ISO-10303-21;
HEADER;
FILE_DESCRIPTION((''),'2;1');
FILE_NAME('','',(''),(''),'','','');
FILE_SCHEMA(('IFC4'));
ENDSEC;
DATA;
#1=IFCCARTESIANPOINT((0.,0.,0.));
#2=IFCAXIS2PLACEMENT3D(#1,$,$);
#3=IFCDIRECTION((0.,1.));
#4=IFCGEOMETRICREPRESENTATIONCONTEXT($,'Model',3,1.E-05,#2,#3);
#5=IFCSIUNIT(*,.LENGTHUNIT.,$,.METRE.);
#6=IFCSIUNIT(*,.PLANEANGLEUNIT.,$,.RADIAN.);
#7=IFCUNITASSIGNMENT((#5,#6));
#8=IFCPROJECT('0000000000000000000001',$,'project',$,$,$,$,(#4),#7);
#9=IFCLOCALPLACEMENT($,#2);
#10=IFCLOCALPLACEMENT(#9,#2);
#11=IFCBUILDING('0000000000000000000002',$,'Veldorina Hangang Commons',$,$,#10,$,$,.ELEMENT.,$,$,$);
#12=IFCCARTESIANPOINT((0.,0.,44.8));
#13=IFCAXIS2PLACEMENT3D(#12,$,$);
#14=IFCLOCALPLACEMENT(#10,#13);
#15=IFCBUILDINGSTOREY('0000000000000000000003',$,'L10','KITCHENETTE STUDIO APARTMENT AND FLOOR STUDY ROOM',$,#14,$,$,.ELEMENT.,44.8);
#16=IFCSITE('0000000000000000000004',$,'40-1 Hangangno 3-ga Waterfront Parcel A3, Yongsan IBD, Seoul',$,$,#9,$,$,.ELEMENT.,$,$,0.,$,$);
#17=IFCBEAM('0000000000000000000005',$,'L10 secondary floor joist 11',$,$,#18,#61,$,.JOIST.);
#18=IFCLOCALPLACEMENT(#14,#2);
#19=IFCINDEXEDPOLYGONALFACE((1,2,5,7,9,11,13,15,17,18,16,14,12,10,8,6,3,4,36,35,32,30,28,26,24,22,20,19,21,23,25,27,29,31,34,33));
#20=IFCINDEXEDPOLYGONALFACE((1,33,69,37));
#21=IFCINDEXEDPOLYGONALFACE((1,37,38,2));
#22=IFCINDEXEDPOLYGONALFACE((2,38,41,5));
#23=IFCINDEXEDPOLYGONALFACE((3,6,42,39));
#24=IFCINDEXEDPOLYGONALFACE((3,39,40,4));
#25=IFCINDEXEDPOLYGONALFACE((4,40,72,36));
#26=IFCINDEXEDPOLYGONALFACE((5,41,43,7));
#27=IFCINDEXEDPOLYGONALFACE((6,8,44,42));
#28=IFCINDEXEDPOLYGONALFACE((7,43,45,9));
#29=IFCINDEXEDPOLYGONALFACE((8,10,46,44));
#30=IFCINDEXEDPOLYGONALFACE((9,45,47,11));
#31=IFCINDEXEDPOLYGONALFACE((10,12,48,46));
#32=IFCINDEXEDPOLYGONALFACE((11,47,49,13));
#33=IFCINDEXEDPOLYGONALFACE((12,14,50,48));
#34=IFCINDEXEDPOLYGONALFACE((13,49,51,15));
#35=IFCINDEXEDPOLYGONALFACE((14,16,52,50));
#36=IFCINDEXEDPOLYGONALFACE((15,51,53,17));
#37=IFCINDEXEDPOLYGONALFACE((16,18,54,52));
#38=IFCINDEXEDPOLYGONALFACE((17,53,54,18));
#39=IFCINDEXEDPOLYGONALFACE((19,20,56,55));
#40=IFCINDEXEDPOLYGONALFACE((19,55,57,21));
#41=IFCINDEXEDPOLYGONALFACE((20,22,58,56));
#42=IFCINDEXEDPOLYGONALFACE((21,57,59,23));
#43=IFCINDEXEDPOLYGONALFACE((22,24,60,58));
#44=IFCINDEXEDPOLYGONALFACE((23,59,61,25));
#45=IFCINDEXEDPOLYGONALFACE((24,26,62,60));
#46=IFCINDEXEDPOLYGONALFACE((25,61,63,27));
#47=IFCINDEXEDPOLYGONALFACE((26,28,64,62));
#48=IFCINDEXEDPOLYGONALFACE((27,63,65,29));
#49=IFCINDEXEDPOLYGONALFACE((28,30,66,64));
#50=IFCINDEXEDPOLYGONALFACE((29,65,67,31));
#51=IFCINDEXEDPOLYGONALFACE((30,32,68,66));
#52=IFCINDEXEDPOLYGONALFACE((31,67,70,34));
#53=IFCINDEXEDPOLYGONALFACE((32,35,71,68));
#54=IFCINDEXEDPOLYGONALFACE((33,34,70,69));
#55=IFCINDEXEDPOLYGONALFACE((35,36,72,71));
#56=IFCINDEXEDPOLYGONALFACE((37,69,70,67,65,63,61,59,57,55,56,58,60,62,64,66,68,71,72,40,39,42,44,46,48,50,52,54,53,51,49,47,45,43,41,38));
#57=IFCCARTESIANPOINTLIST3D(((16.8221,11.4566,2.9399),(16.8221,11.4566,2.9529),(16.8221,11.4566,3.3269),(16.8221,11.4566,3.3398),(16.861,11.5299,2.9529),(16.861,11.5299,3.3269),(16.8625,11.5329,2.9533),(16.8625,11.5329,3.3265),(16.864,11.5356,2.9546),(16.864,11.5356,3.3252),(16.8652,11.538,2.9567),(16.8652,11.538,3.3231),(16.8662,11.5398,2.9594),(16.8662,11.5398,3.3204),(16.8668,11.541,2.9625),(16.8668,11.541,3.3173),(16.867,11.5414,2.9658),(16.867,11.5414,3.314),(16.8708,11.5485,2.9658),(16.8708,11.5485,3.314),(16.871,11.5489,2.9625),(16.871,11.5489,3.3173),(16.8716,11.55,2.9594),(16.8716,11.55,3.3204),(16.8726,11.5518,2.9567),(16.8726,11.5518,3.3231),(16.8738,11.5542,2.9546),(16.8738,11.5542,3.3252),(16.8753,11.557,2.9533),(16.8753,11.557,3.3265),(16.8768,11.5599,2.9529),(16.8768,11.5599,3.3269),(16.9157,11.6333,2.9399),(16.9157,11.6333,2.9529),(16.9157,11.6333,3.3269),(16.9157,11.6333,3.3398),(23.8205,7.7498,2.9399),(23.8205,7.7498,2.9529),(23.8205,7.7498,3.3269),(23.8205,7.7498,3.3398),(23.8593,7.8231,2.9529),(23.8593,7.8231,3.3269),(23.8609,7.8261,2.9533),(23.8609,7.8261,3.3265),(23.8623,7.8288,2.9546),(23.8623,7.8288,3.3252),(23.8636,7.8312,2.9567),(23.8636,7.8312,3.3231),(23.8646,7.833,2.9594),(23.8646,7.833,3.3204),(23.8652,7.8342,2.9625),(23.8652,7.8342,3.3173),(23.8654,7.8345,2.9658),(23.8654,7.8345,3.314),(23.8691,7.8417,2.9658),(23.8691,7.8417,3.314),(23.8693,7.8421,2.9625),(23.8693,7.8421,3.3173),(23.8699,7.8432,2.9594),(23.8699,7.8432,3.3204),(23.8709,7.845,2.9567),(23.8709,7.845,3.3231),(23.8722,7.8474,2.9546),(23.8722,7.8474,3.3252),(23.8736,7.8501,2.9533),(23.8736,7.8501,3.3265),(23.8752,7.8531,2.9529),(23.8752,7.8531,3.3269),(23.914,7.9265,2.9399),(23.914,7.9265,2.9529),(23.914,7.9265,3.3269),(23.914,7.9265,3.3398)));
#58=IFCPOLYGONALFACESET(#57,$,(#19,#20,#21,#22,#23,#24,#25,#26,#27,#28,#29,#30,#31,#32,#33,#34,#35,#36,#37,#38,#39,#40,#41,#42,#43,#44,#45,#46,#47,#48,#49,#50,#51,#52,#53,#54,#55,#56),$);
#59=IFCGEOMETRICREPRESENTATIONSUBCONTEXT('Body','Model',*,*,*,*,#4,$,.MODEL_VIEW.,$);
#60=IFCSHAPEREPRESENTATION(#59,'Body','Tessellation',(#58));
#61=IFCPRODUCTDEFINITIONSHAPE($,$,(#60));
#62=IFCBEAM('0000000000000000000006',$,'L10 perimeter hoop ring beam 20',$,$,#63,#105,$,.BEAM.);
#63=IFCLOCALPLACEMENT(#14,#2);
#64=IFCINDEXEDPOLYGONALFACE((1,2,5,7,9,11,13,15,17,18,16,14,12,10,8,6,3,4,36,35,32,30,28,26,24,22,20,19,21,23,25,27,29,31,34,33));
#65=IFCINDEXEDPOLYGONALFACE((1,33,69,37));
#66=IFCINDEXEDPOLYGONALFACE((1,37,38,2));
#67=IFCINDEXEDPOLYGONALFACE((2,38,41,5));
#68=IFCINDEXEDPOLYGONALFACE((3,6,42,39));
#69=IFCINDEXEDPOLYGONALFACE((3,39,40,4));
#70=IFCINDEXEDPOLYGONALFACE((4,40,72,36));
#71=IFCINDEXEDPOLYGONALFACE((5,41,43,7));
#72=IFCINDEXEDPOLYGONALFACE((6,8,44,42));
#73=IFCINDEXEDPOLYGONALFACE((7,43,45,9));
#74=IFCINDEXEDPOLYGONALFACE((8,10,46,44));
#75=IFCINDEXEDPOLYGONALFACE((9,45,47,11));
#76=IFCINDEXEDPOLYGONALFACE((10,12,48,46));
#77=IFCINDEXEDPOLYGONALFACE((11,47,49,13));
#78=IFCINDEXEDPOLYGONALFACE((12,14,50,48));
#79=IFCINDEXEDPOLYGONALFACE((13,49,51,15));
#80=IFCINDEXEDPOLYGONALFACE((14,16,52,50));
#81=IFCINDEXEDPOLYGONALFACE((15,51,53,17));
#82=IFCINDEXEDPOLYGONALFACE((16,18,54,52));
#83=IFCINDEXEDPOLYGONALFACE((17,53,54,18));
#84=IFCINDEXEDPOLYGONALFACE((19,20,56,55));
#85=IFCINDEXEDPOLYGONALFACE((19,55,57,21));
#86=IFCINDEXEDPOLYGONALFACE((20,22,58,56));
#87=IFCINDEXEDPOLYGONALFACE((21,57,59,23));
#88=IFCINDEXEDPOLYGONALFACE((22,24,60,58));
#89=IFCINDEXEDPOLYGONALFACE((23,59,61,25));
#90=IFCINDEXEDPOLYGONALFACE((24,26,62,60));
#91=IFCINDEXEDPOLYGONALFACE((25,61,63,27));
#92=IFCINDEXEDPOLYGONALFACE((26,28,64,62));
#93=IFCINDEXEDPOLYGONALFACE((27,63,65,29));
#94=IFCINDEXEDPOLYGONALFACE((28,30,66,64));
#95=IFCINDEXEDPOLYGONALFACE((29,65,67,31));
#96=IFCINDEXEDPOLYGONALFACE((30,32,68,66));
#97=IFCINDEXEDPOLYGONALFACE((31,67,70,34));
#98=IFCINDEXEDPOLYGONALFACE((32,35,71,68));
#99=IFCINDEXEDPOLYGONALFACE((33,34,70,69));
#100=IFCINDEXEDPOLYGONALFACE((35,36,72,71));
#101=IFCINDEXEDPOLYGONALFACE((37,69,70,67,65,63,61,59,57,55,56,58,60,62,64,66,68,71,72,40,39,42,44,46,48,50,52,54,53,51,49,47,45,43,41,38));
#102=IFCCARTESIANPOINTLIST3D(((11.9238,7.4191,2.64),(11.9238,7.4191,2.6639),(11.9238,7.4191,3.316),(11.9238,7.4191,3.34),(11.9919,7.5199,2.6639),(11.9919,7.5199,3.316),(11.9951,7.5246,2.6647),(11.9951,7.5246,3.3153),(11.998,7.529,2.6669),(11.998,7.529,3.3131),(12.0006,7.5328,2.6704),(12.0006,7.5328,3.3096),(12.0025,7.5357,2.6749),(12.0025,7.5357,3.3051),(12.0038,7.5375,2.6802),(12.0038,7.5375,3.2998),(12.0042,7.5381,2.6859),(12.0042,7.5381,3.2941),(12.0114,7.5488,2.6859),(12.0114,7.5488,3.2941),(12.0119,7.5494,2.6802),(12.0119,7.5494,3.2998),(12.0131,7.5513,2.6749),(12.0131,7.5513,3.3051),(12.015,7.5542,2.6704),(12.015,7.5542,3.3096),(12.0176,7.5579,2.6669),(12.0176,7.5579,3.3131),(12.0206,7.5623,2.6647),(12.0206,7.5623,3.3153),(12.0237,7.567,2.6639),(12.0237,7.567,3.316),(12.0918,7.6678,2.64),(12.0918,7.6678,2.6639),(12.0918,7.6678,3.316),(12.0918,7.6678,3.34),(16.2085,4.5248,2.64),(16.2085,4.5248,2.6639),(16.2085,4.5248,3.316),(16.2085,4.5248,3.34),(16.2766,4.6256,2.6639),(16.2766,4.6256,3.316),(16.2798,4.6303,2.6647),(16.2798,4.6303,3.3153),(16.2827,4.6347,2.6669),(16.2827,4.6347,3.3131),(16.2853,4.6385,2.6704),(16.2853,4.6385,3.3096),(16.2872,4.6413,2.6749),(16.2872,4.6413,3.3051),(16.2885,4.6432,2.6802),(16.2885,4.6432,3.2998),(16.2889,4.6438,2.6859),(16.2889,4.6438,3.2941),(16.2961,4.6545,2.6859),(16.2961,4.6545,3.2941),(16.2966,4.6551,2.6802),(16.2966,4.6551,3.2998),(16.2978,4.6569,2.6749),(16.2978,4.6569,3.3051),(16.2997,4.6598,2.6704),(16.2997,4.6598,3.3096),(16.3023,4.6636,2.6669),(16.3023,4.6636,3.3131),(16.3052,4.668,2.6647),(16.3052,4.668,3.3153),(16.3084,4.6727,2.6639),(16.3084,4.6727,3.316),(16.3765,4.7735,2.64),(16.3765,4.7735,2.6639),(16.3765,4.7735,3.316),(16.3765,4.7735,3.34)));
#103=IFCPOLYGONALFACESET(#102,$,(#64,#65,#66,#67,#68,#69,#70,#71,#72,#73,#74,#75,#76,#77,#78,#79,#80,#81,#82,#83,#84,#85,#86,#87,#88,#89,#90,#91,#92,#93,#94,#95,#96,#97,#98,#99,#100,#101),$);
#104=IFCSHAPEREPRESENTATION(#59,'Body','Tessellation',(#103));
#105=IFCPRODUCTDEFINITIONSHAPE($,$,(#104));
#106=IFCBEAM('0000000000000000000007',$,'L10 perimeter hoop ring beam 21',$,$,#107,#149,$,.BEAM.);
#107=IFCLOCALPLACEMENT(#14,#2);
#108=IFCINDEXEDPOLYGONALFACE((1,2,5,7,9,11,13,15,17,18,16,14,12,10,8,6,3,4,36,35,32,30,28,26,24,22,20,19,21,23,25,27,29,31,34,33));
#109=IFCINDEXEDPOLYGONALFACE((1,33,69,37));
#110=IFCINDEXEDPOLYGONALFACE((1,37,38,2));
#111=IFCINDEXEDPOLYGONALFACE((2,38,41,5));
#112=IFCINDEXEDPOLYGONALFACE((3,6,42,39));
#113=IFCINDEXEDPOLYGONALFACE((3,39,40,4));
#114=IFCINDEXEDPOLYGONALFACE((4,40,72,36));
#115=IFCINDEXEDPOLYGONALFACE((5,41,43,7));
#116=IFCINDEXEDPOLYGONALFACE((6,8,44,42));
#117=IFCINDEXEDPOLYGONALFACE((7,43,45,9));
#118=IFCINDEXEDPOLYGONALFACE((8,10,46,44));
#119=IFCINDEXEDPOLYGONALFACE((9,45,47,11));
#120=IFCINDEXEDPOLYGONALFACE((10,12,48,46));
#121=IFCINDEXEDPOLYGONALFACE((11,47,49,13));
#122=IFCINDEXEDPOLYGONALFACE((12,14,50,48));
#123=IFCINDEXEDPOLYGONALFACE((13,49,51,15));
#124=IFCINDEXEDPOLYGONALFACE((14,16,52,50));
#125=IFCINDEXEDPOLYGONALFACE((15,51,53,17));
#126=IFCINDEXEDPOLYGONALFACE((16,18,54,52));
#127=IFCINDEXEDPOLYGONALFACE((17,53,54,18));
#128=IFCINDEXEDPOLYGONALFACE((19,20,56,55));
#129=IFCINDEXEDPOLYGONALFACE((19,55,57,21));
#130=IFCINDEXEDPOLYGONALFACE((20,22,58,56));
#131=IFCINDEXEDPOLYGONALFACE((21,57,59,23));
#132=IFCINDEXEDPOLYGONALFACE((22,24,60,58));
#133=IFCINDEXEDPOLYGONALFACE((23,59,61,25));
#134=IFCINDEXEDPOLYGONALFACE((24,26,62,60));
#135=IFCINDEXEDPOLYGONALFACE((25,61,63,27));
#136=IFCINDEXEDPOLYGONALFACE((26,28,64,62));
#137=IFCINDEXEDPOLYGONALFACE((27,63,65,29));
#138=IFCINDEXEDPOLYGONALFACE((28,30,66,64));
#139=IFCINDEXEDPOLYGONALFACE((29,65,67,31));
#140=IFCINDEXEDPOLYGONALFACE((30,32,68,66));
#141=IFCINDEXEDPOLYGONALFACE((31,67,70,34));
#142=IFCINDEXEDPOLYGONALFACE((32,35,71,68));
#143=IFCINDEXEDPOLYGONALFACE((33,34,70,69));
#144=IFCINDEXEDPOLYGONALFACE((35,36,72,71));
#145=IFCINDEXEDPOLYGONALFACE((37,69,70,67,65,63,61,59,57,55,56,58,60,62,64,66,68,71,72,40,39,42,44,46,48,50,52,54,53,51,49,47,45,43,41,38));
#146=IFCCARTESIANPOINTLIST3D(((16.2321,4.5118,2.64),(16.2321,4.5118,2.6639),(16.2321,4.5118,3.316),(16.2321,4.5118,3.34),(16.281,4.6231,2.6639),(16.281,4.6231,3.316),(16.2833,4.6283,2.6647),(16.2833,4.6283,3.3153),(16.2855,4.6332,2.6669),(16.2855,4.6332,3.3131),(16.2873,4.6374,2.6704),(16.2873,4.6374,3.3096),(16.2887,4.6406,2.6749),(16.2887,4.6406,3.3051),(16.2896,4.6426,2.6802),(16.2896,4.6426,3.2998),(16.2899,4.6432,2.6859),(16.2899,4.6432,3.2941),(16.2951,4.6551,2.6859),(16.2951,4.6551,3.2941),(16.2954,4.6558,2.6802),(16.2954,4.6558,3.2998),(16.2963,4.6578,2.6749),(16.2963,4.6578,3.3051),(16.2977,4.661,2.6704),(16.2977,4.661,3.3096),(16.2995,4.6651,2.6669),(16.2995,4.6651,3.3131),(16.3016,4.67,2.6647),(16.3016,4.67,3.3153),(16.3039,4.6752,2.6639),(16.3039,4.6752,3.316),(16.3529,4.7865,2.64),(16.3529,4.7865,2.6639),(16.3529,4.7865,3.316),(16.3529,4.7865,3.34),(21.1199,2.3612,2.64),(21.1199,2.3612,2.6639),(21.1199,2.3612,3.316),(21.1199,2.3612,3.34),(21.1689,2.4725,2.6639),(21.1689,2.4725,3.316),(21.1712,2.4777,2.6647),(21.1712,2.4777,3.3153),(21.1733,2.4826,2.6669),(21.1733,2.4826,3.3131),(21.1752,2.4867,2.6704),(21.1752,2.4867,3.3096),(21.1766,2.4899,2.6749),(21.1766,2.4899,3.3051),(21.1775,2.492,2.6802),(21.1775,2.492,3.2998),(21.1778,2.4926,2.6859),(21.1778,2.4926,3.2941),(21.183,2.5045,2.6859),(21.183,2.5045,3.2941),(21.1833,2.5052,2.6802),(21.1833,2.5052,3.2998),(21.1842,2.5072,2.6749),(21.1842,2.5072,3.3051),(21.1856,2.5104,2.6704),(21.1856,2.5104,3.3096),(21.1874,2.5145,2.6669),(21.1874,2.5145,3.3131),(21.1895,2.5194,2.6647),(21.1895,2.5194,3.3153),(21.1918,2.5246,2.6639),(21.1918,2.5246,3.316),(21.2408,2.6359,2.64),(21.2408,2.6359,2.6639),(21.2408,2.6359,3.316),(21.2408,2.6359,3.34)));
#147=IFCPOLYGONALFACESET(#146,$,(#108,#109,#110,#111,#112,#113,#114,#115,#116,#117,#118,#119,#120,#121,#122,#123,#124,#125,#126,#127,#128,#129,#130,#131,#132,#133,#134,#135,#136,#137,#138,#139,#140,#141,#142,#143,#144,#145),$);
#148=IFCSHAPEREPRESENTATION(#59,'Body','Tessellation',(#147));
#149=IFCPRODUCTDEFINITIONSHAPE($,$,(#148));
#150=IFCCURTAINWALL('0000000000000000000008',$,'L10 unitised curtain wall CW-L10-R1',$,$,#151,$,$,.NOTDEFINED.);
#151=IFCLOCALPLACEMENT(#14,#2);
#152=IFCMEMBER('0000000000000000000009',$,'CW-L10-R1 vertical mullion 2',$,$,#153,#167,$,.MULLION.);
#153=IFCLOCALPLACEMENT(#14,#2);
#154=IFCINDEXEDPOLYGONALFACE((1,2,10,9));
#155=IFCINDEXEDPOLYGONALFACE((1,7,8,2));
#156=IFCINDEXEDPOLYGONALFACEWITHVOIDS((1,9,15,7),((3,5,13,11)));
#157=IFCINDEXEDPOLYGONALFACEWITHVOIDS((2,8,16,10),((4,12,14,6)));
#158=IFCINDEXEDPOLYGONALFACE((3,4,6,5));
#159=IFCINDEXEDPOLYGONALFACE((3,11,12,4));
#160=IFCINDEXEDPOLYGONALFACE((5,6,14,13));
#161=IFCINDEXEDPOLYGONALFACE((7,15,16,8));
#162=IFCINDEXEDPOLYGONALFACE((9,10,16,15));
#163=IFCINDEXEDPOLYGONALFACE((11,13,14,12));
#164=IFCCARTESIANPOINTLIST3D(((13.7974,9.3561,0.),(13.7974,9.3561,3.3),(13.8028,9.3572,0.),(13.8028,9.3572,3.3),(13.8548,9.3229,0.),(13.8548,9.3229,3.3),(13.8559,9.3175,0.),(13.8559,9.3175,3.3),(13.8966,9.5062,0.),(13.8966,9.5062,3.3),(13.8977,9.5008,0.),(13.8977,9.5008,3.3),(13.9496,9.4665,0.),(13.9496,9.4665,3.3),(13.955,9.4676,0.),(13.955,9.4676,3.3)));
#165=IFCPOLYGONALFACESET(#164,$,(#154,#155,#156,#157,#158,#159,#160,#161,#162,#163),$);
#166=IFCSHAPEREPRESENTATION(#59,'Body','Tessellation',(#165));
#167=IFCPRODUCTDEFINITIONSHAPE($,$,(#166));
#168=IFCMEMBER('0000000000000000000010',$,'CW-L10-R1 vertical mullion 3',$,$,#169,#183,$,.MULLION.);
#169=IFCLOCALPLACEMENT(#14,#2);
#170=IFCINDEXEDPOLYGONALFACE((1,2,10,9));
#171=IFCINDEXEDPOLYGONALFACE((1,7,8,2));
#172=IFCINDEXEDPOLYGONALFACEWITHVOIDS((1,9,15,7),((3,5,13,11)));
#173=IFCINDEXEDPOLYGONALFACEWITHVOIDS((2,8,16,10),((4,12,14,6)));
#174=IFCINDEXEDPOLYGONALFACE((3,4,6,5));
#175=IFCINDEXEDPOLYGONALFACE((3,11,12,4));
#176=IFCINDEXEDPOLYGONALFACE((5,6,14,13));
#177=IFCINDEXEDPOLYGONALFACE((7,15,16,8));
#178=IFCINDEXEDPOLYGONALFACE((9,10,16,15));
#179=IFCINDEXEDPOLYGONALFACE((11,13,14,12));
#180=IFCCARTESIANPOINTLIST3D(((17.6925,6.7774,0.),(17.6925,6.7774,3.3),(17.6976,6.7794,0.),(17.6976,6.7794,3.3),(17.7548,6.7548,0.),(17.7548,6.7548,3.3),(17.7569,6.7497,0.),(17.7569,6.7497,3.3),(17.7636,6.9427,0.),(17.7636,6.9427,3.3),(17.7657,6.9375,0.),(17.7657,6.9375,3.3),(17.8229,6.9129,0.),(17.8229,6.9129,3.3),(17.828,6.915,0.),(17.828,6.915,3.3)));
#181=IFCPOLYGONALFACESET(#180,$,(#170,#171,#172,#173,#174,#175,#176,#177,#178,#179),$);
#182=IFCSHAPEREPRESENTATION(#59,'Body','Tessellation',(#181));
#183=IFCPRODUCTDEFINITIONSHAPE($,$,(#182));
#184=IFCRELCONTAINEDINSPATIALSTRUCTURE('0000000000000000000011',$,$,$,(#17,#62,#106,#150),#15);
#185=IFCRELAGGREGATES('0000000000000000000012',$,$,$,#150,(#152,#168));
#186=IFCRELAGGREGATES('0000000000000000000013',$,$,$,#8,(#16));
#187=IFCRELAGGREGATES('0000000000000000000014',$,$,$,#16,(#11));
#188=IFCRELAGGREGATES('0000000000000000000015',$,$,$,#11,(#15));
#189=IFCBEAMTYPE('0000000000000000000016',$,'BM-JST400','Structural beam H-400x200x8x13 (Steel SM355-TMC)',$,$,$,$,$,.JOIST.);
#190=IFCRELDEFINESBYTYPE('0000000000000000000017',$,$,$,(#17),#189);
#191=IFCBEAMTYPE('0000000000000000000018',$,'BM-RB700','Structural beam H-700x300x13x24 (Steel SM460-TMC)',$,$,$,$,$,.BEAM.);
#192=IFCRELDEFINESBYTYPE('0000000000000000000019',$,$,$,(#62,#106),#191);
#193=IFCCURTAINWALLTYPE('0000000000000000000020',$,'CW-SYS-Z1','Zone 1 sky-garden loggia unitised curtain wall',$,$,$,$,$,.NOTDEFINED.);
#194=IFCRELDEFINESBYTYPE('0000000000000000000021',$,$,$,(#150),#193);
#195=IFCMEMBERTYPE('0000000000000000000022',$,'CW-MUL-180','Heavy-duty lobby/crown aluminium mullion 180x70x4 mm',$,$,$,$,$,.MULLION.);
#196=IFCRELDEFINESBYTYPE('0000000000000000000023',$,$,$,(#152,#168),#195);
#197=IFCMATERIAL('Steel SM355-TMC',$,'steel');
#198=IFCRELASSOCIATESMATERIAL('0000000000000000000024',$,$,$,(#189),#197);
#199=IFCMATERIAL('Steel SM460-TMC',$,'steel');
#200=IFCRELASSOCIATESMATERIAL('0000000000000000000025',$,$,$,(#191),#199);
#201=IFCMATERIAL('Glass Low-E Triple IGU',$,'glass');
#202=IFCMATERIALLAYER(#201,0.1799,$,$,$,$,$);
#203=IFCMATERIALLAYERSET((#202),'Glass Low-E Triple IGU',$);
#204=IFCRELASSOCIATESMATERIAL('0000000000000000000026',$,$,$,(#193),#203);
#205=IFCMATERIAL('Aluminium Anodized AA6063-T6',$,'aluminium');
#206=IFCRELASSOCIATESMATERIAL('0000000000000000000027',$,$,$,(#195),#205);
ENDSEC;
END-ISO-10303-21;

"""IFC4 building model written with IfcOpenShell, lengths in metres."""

from ifc_helpers import new_model, si_unit, direction, frame, origin, origin_2d, place, context, subcontext, project, spatial, hollow_rectangle, i_section, extrude, material, layer, layer_set, material_profile, profile_set, type_object, element, aggregate, save


model = new_model("IFC4")

# Units and contexts
model_context = context("Model", 3, precision=1e-05, world=origin(), true_north=direction((0.0, 1.0)))
body_context = subcontext(model_context, "Body", "Model", "MODEL_VIEW")
ifc_project = project(units=[si_unit("LENGTHUNIT", "METRE"), si_unit("PLANEANGLEUNIT", "RADIAN")], contexts=[model_context])

# Site, building, storey
site_placement = place(None, origin())
site = spatial("IfcSite", under=ifc_project, at=site_placement, Name="40-1 Hangangno 3-ga Waterfront Parcel A3, Yongsan IBD, Seoul", CompositionType="ELEMENT", RefElevation=0.0)
building_placement = place(site_placement, origin())
building = spatial("IfcBuilding", under=site, at=building_placement, Name="Veldorina Hangang Commons", CompositionType="ELEMENT")
storey_placement = place(building_placement, frame((0.0, 0.0, 44.8)))
storey = spatial("IfcBuildingStorey", under=building, at=storey_placement, Name="L10", Description="KITCHENETTE STUDIO APARTMENT AND FLOOR STUDY ROOM", CompositionType="ELEMENT", Elevation=44.8)

# Beams
ifc_material_1 = material(Name="Steel SM355-TMC", Category="steel")
ifc_material_profile_1 = material_profile(ifc_material_1, i_section(OverallWidth=0.2, OverallDepth=0.3999, WebThickness=0.0081, FlangeThickness=0.0129, FilletRadius=0.0129, at=origin_2d()), Name="H-400x200x8x13")
ifc_profile_set_1 = profile_set([ifc_material_profile_1], Name="Steel SM355-TMC")
beam_type_1 = type_object("IfcBeamType", Name="BM-JST400", Description="Structural beam H-400x200x8x13 (Steel SM355-TMC)", PredefinedType="JOIST", material=ifc_profile_set_1)
beam_1_placement = place(storey_placement, frame((16.8689, 11.5449, 3.1399), z_axis=(0.883693, -0.468066, 0.0), x_axis=(0.468066, 0.883693, 0.0)))
element("IfcBeam", 1, at=beam_1_placement, inside=storey, type_object=beam_type_1, Name="L10 secondary floor joist 11", PredefinedType="JOIST", context=body_context, shape_type="SweptSolid", body=[
    extrude(i_section(OverallWidth=0.2, OverallDepth=0.3999, WebThickness=0.0081, FlangeThickness=0.0129, FilletRadius=0.0129, at=origin_2d()), origin(), (0.0, 0.0, 1.0), 7.9194),
])
ifc_material_2 = material(Name="Steel SM460-TMC", Category="steel")
ifc_material_profile_2 = material_profile(ifc_material_2, i_section(OverallWidth=0.3, OverallDepth=0.7, WebThickness=0.0129, FlangeThickness=0.0239, FilletRadius=0.022, at=origin_2d()), Name="H-700x300x13x24")
ifc_profile_set_2 = profile_set([ifc_material_profile_2], Name="Steel SM460-TMC")
beam_type_2 = type_object("IfcBeamType", Name="BM-RB700", Description="Structural beam H-700x300x13x24 (Steel SM460-TMC)", PredefinedType="BEAM", material=ifc_profile_set_2)
beam_2_placement = place(storey_placement, frame((12.0078, 7.5435, 2.99), z_axis=(0.828657, -0.559757, 0.0), x_axis=(0.559757, 0.828657, 0.0)))
element("IfcBeam", 2, at=beam_2_placement, inside=storey, type_object=beam_type_2, Name="L10 perimeter hoop ring beam 20", PredefinedType="BEAM", context=body_context, shape_type="SweptSolid", body=[
    extrude(i_section(OverallWidth=0.3, OverallDepth=0.7, WebThickness=0.0129, FlangeThickness=0.0239, FilletRadius=0.022, at=origin_2d()), origin(), (0.0, 0.0, 1.0), 5.1707),
])
beam_3_placement = place(storey_placement, frame((16.2925, 4.6492, 2.99), z_axis=(0.915319, -0.402729, 0.0), x_axis=(0.402729, 0.915319, 0.0)))
element("IfcBeam", 3, at=beam_3_placement, inside=storey, type_object=beam_type_2, Name="L10 perimeter hoop ring beam 21", PredefinedType="BEAM", context=body_context, shape_type="SweptSolid", body=[
    extrude(i_section(OverallWidth=0.3, OverallDepth=0.7, WebThickness=0.0129, FlangeThickness=0.0239, FilletRadius=0.022, at=origin_2d()), origin(), (0.0, 0.0, 1.0), 5.3401),
])

# Curtain wall, members
ifc_material_3 = material(Name="Glass Low-E Triple IGU", Category="glass")
ifc_layer_1 = layer(ifc_material_3, 0.1799)
ifc_layer_set_1 = layer_set([ifc_layer_1], Name="Glass Low-E Triple IGU")
curtain_wall_type = type_object("IfcCurtainWallType", Name="CW-SYS-Z1", Description="Zone 1 sky-garden loggia unitised curtain wall", PredefinedType="NOTDEFINED", material=ifc_layer_set_1)
curtain_wall_placement = place(storey_placement, origin())
curtain_wall = element("IfcCurtainWall", 4, at=curtain_wall_placement, inside=storey, type_object=curtain_wall_type, Name="L10 unitised curtain wall CW-L10-R1", PredefinedType="NOTDEFINED")
ifc_material_4 = material(Name="Aluminium Anodized AA6063-T6", Category="aluminium")
ifc_material_profile_3 = material_profile(ifc_material_4, hollow_rectangle(XDim=0.0701, YDim=0.1799, WallThickness=0.0039, at=origin_2d()), Name="ALU-RHS-180x70x4")
ifc_profile_set_3 = profile_set([ifc_material_profile_3], Name="Aluminium Anodized AA6063-T6")
member_type_1 = type_object("IfcMemberType", Name="CW-MUL-180", Description="Heavy-duty lobby/crown aluminium mullion 180x70x4 mm", PredefinedType="MULLION", material=ifc_profile_set_3)
member_1_placement = place(storey_placement, frame((13.8762, 9.4119, 0.0), z_axis=(0.0, 0.0, 1.0), x_axis=(0.834386, -0.55118, 0.0)))
member_1 = element("IfcMember", 5, at=member_1_placement, type_object=member_type_1, Name="CW-L10-R1 vertical mullion 2", PredefinedType="MULLION", context=body_context, shape_type="SweptSolid", body=[
    extrude(hollow_rectangle(XDim=0.0701, YDim=0.1799, WallThickness=0.0039, at=origin_2d()), origin(), (0.0, 0.0, 1.0), 3.3),
])
member_2_placement = place(storey_placement, frame((17.7603, 6.8462, 0.0), z_axis=(0.0, 0.0, 1.0), x_axis=(0.918584, -0.395225, 0.0)))
member_2 = element("IfcMember", 6, at=member_2_placement, type_object=member_type_1, Name="CW-L10-R1 vertical mullion 3", PredefinedType="MULLION", context=body_context, shape_type="SweptSolid", body=[
    extrude(hollow_rectangle(XDim=0.0701, YDim=0.1799, WallThickness=0.0039, at=origin_2d()), origin(), (0.0, 0.0, 1.0), 3.3),
])

aggregate(curtain_wall, [member_1, member_2])

save(model, "model.ifc")
